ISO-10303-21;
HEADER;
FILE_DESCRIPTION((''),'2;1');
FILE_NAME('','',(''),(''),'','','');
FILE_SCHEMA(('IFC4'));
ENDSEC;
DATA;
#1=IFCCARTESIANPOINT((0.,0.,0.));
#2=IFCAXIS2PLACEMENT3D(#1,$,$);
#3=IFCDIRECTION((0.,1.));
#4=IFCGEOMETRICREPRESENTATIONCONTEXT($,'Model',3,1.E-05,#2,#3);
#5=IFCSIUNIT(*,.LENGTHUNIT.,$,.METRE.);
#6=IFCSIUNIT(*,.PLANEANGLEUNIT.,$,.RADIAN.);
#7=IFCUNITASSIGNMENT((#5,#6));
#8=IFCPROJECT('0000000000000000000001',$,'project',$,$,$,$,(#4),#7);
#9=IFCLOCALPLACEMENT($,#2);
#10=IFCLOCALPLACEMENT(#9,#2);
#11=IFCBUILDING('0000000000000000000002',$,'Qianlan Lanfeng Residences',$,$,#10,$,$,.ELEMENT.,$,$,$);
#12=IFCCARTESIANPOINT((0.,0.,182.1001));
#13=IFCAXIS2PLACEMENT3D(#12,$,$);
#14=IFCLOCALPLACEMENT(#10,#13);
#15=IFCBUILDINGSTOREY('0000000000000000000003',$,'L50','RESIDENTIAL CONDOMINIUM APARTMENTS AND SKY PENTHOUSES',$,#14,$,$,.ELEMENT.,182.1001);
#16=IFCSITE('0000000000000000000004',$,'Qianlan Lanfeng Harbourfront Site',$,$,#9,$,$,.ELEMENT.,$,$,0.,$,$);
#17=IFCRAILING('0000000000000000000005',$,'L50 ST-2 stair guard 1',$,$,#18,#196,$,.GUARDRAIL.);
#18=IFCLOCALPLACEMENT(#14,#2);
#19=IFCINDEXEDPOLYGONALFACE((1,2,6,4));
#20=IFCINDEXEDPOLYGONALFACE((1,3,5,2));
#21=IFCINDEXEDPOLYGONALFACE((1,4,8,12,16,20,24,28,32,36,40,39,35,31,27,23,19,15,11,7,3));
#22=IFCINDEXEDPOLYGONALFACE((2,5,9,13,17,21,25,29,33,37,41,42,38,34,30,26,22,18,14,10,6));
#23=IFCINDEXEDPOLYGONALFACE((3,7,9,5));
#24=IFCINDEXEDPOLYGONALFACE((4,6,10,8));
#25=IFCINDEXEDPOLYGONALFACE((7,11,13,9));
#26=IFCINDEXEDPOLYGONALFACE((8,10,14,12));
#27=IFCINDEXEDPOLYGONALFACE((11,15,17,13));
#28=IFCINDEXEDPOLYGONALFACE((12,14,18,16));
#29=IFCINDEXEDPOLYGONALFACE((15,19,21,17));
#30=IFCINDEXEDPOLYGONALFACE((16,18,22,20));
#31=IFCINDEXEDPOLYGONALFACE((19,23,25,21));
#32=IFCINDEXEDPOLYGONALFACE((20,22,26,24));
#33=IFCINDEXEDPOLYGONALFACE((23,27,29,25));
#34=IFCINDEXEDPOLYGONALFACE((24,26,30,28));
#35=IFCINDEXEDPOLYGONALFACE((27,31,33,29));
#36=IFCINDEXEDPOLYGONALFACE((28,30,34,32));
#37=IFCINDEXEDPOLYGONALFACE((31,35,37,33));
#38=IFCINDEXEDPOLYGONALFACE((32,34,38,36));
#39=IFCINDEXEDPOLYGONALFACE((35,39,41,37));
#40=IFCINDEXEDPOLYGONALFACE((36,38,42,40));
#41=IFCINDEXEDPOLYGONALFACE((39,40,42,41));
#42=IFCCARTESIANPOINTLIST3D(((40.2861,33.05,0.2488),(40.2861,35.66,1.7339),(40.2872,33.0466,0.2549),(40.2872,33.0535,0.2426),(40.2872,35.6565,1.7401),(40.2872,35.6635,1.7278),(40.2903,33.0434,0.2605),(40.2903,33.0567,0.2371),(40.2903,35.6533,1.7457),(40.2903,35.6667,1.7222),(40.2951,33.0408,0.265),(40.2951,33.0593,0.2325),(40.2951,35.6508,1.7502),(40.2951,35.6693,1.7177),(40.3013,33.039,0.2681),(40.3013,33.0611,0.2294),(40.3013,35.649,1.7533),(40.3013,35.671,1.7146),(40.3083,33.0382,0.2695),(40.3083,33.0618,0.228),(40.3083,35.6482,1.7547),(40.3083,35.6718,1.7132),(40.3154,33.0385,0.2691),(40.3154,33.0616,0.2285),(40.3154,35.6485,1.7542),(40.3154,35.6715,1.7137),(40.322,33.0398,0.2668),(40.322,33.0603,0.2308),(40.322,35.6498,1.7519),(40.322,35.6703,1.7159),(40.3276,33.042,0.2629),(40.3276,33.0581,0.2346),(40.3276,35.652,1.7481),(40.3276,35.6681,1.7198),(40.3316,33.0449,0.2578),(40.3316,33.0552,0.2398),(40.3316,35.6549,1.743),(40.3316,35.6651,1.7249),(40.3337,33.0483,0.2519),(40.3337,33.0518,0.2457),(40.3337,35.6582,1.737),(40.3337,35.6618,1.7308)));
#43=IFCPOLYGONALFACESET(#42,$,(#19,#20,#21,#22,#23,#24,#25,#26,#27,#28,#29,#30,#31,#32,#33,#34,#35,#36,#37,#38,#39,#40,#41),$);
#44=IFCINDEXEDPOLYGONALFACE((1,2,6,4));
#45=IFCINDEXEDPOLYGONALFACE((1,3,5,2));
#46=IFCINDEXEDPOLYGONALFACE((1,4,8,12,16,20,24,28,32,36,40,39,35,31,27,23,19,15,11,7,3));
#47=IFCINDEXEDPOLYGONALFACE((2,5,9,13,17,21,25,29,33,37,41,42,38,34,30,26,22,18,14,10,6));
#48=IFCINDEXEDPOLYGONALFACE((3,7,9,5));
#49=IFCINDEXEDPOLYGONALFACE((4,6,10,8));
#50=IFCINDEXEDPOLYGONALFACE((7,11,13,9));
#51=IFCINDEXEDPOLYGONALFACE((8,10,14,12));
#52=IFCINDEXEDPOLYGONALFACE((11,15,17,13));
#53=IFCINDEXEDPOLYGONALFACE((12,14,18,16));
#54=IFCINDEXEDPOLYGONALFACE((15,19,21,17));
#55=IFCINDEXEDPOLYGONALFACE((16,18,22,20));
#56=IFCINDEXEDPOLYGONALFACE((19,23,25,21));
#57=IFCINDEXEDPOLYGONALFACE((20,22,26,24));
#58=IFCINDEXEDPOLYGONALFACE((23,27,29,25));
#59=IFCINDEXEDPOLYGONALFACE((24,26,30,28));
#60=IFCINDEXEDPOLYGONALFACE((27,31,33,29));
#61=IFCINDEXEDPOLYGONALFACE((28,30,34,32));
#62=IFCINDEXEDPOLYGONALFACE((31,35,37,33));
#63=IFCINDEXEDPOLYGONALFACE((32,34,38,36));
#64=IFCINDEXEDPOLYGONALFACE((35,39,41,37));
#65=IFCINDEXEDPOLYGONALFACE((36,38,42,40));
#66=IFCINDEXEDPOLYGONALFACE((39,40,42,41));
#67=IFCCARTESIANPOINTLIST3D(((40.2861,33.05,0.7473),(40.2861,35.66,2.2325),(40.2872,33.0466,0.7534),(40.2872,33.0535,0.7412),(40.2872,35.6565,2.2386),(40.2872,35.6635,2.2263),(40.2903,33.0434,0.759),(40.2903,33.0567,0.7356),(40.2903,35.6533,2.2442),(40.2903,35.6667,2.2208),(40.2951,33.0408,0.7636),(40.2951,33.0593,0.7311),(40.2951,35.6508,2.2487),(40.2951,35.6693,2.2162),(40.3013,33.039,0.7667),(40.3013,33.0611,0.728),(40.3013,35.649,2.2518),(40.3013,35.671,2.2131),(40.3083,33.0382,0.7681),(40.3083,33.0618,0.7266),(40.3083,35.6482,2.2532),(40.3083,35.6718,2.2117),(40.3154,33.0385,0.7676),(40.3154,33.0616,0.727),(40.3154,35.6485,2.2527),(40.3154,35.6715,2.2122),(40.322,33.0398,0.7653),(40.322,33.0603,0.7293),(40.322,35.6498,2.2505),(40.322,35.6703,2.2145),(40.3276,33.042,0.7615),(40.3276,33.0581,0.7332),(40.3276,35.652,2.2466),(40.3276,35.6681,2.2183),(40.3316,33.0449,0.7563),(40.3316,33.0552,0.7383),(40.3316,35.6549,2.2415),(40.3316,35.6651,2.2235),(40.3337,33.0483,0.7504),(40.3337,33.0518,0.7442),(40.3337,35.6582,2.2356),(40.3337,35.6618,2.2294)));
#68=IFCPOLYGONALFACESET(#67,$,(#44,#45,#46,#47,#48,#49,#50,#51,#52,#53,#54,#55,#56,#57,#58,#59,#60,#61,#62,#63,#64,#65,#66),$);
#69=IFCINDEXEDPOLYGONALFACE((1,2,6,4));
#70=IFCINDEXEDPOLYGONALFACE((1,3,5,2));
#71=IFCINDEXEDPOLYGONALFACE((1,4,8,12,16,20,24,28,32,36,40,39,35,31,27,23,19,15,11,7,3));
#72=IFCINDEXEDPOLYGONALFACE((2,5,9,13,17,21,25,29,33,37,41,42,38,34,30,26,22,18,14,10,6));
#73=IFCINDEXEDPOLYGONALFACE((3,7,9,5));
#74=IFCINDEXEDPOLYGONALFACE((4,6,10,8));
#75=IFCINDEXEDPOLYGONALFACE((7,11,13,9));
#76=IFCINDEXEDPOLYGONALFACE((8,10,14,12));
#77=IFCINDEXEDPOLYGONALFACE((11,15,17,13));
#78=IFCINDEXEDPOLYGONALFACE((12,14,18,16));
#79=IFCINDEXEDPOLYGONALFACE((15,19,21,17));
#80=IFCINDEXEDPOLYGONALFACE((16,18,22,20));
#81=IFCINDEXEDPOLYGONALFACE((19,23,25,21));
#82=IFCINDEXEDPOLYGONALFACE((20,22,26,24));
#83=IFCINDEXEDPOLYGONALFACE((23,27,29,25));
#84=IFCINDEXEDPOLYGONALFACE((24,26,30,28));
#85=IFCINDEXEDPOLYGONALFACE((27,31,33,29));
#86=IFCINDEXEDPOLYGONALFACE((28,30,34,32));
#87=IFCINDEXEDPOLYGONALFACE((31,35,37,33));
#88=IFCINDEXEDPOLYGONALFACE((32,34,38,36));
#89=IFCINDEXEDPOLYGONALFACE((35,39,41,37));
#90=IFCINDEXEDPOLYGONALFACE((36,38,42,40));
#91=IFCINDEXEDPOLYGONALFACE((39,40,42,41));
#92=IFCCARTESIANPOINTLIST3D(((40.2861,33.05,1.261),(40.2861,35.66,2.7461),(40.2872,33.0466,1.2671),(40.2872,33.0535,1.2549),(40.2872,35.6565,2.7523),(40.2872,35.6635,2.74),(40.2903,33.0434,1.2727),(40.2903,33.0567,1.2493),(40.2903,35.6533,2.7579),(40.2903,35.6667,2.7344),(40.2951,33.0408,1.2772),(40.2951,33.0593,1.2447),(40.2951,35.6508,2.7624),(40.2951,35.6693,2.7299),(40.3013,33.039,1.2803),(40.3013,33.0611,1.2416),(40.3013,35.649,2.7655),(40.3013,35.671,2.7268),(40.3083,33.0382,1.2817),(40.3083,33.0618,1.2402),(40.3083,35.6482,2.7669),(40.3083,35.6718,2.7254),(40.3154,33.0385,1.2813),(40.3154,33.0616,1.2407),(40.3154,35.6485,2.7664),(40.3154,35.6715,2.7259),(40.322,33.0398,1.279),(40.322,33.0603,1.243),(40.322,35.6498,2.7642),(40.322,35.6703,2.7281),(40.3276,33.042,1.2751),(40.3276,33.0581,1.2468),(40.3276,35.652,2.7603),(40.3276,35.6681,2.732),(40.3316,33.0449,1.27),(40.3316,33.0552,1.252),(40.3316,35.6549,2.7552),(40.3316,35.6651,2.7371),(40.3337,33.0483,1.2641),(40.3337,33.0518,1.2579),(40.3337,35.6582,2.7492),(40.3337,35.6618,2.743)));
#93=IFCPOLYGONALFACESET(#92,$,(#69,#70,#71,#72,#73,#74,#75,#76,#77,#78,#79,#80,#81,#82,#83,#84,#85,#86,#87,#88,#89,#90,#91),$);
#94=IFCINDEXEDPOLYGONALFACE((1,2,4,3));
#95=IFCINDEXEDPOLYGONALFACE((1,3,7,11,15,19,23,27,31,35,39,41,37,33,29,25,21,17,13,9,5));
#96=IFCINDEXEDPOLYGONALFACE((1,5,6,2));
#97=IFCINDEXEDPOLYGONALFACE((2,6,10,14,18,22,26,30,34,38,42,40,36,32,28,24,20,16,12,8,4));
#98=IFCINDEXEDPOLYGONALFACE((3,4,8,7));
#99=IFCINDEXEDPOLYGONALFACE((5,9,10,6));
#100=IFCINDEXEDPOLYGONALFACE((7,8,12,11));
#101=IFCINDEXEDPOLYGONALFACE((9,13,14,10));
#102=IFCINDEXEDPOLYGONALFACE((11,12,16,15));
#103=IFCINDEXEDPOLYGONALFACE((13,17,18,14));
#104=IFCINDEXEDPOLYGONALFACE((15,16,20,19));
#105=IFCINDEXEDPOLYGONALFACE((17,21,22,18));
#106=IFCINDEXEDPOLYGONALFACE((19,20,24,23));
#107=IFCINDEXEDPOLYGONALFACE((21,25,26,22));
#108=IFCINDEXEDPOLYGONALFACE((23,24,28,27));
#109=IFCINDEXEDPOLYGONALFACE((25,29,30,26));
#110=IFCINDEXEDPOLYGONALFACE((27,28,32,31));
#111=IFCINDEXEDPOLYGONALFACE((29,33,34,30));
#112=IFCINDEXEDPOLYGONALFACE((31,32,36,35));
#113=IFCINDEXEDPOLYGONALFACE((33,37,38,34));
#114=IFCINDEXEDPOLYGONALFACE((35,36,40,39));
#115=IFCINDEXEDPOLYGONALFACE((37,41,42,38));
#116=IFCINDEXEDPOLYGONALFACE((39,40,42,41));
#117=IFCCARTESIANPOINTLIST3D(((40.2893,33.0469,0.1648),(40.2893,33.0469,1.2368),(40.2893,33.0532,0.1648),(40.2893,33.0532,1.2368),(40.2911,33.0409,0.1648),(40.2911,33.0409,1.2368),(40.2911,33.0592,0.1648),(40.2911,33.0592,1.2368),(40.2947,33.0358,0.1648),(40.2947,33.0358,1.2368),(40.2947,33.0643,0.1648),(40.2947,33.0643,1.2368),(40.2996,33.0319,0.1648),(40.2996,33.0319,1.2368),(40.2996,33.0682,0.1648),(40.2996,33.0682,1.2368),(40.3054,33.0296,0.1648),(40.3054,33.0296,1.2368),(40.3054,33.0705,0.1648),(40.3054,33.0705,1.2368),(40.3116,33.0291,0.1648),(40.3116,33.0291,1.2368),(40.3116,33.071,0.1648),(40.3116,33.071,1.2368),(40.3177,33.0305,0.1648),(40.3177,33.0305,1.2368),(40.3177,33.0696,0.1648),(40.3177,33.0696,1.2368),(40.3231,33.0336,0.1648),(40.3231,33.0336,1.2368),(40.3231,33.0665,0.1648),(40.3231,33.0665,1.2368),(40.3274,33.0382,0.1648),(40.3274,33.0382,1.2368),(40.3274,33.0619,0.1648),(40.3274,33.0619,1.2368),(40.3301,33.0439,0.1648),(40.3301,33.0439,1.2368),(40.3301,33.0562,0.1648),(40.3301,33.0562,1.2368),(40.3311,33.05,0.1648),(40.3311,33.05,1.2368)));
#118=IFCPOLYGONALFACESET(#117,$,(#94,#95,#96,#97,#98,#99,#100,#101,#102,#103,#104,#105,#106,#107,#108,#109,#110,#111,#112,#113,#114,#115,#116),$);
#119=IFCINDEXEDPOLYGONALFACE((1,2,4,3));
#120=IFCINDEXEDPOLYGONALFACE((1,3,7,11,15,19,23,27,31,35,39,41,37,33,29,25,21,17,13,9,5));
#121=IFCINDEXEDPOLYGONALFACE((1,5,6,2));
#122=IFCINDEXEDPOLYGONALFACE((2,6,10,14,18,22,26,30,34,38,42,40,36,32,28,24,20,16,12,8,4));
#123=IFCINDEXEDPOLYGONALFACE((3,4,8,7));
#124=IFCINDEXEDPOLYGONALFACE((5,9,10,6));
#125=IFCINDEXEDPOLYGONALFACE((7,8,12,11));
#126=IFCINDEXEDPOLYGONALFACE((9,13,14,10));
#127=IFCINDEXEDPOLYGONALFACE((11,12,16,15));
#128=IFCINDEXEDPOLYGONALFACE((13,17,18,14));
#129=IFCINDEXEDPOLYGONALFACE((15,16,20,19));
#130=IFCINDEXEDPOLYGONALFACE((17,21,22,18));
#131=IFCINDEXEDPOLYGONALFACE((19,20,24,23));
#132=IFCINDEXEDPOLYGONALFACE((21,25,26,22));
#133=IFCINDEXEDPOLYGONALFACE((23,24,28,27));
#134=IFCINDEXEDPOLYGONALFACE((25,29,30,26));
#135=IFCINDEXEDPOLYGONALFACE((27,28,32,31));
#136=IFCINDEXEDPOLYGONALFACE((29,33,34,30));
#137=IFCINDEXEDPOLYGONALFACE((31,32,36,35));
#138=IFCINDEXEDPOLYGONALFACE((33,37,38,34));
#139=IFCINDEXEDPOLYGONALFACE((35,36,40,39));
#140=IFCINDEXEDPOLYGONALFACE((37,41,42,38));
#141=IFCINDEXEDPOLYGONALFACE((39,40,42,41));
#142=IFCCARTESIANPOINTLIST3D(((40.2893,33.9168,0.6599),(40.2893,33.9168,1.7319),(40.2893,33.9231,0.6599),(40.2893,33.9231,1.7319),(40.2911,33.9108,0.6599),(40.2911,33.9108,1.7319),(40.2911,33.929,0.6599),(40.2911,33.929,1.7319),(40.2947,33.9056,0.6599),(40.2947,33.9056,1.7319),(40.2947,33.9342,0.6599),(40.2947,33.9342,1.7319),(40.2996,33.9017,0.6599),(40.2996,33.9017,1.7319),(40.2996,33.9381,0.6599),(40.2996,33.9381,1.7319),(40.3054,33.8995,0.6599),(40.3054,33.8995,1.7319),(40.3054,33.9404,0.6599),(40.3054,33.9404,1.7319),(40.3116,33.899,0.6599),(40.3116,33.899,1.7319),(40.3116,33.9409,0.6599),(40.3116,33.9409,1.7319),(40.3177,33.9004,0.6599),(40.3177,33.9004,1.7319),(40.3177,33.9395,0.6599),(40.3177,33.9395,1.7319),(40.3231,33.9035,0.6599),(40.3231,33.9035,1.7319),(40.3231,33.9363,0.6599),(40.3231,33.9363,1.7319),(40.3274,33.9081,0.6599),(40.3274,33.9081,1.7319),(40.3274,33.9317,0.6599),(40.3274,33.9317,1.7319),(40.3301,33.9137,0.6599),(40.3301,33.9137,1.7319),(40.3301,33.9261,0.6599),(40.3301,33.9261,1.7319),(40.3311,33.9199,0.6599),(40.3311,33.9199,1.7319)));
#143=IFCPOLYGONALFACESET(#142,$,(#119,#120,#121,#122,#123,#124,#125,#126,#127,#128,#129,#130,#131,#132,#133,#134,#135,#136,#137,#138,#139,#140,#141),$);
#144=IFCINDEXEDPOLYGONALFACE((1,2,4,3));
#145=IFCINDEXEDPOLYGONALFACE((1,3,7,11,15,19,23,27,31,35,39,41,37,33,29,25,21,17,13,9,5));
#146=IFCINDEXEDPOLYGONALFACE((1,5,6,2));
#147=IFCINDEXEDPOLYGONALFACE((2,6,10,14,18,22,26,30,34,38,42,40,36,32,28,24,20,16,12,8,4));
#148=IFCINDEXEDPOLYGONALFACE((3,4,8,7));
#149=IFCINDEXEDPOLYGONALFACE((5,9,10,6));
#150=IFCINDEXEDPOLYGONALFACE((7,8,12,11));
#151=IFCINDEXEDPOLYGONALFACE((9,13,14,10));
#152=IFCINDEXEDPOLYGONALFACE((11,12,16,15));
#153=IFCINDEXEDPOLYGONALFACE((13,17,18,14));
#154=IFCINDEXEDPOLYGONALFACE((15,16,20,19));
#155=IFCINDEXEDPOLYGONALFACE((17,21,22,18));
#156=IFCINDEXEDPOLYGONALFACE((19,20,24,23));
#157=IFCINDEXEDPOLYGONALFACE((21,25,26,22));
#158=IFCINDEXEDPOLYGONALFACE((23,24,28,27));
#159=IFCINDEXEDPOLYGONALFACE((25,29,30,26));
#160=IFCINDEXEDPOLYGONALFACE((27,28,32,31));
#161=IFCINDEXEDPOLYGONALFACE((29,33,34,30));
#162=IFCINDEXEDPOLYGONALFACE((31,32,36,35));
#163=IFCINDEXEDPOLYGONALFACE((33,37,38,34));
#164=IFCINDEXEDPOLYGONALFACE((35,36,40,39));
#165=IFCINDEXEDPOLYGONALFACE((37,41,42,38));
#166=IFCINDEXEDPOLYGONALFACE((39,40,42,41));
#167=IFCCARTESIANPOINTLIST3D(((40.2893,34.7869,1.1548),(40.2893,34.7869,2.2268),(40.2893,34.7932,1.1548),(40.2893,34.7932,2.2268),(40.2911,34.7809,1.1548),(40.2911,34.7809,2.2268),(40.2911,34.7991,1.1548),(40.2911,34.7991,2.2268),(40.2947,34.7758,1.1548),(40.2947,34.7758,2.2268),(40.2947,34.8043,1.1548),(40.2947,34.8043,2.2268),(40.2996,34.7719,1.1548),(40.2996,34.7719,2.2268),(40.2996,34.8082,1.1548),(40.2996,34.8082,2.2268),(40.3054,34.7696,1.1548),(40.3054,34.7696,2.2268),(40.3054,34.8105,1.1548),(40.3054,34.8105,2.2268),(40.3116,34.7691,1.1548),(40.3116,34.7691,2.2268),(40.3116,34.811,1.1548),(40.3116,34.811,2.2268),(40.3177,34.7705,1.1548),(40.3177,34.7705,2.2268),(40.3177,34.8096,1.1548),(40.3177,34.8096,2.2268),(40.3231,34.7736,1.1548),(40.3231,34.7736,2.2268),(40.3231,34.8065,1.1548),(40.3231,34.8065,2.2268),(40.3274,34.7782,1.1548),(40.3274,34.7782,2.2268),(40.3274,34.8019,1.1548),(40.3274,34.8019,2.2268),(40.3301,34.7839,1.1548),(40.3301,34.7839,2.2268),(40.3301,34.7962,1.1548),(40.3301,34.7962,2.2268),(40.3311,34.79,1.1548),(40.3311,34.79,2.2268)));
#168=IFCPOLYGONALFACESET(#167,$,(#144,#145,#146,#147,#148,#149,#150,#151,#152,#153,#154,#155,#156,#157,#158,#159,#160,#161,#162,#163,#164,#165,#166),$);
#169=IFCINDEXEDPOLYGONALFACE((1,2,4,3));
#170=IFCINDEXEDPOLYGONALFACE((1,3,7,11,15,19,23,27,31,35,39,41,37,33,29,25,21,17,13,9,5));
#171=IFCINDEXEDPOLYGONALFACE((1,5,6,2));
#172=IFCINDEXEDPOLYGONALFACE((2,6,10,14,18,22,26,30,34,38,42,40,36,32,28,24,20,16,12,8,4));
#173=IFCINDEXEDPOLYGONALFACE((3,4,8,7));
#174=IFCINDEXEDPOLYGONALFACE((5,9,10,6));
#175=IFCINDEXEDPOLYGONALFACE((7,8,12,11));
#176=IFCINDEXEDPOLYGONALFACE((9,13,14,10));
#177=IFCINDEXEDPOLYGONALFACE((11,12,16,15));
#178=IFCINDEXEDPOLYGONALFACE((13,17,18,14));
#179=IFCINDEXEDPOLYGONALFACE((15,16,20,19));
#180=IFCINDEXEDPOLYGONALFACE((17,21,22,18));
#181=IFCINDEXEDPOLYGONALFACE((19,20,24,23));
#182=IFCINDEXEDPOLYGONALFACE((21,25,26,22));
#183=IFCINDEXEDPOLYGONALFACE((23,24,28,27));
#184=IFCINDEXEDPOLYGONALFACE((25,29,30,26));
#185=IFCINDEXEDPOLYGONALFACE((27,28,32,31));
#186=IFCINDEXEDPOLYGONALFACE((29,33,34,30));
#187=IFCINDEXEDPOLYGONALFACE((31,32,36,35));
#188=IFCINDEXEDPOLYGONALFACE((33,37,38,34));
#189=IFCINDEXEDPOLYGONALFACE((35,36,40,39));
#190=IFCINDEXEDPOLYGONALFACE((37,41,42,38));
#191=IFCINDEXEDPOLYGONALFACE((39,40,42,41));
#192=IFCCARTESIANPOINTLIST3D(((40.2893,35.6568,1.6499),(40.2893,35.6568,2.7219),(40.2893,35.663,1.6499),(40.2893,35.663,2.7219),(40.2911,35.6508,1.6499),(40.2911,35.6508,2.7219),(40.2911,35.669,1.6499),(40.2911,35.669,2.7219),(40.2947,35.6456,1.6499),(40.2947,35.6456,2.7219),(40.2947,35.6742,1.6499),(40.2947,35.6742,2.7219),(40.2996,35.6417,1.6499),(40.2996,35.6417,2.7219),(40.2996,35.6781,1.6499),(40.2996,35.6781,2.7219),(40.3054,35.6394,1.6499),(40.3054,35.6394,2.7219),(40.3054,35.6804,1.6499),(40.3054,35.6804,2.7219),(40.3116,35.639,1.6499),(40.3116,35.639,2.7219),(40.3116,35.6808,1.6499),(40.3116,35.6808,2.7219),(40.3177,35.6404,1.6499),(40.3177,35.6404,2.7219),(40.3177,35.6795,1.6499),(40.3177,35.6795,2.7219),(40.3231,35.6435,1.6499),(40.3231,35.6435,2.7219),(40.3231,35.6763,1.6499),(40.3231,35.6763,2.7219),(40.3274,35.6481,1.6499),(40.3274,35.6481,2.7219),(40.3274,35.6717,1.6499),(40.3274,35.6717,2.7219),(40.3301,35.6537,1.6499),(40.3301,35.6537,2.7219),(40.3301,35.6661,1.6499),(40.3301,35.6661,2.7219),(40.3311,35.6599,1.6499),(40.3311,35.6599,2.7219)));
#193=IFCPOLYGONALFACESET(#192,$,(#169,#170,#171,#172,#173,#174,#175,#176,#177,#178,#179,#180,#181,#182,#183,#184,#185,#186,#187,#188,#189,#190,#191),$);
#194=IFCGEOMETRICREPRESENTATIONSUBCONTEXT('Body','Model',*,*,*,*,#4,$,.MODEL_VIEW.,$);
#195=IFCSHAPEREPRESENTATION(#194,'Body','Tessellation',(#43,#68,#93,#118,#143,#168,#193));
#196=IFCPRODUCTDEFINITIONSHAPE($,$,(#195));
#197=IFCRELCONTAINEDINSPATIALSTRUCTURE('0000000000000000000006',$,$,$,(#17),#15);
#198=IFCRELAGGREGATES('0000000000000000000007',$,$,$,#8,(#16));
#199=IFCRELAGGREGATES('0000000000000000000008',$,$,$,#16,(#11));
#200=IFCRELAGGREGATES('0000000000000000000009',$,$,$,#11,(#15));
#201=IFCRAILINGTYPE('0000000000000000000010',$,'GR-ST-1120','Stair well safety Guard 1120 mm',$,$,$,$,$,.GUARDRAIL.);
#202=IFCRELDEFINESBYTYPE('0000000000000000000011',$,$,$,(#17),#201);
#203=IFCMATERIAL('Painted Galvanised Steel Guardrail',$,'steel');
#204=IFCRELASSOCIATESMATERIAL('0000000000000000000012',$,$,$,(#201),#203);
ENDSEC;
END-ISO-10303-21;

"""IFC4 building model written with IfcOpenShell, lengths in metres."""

from ifc_helpers import new_model, si_unit, direction, frame, origin, origin_2d, place, context, subcontext, project, spatial, circle, extrude, material, type_object, element, save


model = new_model("IFC4")

# Units and contexts
model_context = context("Model", 3, precision=1e-05, world=origin(), true_north=direction((0.0, 1.0)))
body_context = subcontext(model_context, "Body", "Model", "MODEL_VIEW")
ifc_project = project(units=[si_unit("LENGTHUNIT", "METRE"), si_unit("PLANEANGLEUNIT", "RADIAN")], contexts=[model_context])

# Site, building, storey
site_placement = place(None, origin())
site = spatial("IfcSite", under=ifc_project, at=site_placement, Name="Qianlan Lanfeng Harbourfront Site", CompositionType="ELEMENT", RefElevation=0.0)
building_placement = place(site_placement, origin())
building = spatial("IfcBuilding", under=site, at=building_placement, Name="Qianlan Lanfeng Residences", CompositionType="ELEMENT")
storey_placement = place(building_placement, frame((0.0, 0.0, 182.1001)))
storey = spatial("IfcBuildingStorey", under=building, at=storey_placement, Name="L50", Description="RESIDENTIAL CONDOMINIUM APARTMENTS AND SKY PENTHOUSES", CompositionType="ELEMENT", Elevation=182.1001)

# Railing
ifc_material_1 = material(Name="Painted Galvanised Steel Guardrail", Category="steel")
railing_type_1 = type_object("IfcRailingType", Name="GR-ST-1120", Description="Stair well safety Guard 1120 mm", PredefinedType="GUARDRAIL", material=ifc_material_1)
railing_1_placement = place(storey_placement, frame((40.3101, 33.05, 0.1648)))
element("IfcRailing", 1, at=railing_1_placement, inside=storey, type_object=railing_type_1, Name="L50 ST-2 stair guard 1", PredefinedType="GUARDRAIL", context=body_context, shape_type="SweptSolid", body=[
    extrude(circle(Radius=0.0239, at=origin_2d()), frame((0.0, 0.0, 0.084), z_axis=(0.0, 0.869137, 0.494571), x_axis=(-1.0, 0.0, 0.0)), (0.0, 0.0, 1.0), 3.0029),
    extrude(circle(Radius=0.0239, at=origin_2d()), frame((0.0, 0.0, 0.5825), z_axis=(0.0, 0.869137, 0.494571), x_axis=(-1.0, 0.0, 0.0)), (0.0, 0.0, 1.0), 3.0029),
    extrude(circle(Radius=0.0239, at=origin_2d()), frame((0.0, 0.0, 1.0962), z_axis=(0.0, 0.869137, 0.494571), x_axis=(-1.0, 0.0, 0.0)), (0.0, 0.0, 1.0), 3.0029),
    extrude(circle(Radius=0.021, at=origin_2d()), origin(), (0.0, 0.0, 1.0), 1.072),
    extrude(circle(Radius=0.021, at=origin_2d()), frame((0.0, 0.8699, 0.4951)), (0.0, 0.0, 1.0), 1.072),
    extrude(circle(Radius=0.021, at=origin_2d()), frame((0.0, 1.74, 0.99)), (0.0, 0.0, 1.0), 1.072),
    extrude(circle(Radius=0.021, at=origin_2d()), frame((0.0, 2.6099, 1.4851)), (0.0, 0.0, 1.0), 1.072),
])

save(model, "model.ifc")
